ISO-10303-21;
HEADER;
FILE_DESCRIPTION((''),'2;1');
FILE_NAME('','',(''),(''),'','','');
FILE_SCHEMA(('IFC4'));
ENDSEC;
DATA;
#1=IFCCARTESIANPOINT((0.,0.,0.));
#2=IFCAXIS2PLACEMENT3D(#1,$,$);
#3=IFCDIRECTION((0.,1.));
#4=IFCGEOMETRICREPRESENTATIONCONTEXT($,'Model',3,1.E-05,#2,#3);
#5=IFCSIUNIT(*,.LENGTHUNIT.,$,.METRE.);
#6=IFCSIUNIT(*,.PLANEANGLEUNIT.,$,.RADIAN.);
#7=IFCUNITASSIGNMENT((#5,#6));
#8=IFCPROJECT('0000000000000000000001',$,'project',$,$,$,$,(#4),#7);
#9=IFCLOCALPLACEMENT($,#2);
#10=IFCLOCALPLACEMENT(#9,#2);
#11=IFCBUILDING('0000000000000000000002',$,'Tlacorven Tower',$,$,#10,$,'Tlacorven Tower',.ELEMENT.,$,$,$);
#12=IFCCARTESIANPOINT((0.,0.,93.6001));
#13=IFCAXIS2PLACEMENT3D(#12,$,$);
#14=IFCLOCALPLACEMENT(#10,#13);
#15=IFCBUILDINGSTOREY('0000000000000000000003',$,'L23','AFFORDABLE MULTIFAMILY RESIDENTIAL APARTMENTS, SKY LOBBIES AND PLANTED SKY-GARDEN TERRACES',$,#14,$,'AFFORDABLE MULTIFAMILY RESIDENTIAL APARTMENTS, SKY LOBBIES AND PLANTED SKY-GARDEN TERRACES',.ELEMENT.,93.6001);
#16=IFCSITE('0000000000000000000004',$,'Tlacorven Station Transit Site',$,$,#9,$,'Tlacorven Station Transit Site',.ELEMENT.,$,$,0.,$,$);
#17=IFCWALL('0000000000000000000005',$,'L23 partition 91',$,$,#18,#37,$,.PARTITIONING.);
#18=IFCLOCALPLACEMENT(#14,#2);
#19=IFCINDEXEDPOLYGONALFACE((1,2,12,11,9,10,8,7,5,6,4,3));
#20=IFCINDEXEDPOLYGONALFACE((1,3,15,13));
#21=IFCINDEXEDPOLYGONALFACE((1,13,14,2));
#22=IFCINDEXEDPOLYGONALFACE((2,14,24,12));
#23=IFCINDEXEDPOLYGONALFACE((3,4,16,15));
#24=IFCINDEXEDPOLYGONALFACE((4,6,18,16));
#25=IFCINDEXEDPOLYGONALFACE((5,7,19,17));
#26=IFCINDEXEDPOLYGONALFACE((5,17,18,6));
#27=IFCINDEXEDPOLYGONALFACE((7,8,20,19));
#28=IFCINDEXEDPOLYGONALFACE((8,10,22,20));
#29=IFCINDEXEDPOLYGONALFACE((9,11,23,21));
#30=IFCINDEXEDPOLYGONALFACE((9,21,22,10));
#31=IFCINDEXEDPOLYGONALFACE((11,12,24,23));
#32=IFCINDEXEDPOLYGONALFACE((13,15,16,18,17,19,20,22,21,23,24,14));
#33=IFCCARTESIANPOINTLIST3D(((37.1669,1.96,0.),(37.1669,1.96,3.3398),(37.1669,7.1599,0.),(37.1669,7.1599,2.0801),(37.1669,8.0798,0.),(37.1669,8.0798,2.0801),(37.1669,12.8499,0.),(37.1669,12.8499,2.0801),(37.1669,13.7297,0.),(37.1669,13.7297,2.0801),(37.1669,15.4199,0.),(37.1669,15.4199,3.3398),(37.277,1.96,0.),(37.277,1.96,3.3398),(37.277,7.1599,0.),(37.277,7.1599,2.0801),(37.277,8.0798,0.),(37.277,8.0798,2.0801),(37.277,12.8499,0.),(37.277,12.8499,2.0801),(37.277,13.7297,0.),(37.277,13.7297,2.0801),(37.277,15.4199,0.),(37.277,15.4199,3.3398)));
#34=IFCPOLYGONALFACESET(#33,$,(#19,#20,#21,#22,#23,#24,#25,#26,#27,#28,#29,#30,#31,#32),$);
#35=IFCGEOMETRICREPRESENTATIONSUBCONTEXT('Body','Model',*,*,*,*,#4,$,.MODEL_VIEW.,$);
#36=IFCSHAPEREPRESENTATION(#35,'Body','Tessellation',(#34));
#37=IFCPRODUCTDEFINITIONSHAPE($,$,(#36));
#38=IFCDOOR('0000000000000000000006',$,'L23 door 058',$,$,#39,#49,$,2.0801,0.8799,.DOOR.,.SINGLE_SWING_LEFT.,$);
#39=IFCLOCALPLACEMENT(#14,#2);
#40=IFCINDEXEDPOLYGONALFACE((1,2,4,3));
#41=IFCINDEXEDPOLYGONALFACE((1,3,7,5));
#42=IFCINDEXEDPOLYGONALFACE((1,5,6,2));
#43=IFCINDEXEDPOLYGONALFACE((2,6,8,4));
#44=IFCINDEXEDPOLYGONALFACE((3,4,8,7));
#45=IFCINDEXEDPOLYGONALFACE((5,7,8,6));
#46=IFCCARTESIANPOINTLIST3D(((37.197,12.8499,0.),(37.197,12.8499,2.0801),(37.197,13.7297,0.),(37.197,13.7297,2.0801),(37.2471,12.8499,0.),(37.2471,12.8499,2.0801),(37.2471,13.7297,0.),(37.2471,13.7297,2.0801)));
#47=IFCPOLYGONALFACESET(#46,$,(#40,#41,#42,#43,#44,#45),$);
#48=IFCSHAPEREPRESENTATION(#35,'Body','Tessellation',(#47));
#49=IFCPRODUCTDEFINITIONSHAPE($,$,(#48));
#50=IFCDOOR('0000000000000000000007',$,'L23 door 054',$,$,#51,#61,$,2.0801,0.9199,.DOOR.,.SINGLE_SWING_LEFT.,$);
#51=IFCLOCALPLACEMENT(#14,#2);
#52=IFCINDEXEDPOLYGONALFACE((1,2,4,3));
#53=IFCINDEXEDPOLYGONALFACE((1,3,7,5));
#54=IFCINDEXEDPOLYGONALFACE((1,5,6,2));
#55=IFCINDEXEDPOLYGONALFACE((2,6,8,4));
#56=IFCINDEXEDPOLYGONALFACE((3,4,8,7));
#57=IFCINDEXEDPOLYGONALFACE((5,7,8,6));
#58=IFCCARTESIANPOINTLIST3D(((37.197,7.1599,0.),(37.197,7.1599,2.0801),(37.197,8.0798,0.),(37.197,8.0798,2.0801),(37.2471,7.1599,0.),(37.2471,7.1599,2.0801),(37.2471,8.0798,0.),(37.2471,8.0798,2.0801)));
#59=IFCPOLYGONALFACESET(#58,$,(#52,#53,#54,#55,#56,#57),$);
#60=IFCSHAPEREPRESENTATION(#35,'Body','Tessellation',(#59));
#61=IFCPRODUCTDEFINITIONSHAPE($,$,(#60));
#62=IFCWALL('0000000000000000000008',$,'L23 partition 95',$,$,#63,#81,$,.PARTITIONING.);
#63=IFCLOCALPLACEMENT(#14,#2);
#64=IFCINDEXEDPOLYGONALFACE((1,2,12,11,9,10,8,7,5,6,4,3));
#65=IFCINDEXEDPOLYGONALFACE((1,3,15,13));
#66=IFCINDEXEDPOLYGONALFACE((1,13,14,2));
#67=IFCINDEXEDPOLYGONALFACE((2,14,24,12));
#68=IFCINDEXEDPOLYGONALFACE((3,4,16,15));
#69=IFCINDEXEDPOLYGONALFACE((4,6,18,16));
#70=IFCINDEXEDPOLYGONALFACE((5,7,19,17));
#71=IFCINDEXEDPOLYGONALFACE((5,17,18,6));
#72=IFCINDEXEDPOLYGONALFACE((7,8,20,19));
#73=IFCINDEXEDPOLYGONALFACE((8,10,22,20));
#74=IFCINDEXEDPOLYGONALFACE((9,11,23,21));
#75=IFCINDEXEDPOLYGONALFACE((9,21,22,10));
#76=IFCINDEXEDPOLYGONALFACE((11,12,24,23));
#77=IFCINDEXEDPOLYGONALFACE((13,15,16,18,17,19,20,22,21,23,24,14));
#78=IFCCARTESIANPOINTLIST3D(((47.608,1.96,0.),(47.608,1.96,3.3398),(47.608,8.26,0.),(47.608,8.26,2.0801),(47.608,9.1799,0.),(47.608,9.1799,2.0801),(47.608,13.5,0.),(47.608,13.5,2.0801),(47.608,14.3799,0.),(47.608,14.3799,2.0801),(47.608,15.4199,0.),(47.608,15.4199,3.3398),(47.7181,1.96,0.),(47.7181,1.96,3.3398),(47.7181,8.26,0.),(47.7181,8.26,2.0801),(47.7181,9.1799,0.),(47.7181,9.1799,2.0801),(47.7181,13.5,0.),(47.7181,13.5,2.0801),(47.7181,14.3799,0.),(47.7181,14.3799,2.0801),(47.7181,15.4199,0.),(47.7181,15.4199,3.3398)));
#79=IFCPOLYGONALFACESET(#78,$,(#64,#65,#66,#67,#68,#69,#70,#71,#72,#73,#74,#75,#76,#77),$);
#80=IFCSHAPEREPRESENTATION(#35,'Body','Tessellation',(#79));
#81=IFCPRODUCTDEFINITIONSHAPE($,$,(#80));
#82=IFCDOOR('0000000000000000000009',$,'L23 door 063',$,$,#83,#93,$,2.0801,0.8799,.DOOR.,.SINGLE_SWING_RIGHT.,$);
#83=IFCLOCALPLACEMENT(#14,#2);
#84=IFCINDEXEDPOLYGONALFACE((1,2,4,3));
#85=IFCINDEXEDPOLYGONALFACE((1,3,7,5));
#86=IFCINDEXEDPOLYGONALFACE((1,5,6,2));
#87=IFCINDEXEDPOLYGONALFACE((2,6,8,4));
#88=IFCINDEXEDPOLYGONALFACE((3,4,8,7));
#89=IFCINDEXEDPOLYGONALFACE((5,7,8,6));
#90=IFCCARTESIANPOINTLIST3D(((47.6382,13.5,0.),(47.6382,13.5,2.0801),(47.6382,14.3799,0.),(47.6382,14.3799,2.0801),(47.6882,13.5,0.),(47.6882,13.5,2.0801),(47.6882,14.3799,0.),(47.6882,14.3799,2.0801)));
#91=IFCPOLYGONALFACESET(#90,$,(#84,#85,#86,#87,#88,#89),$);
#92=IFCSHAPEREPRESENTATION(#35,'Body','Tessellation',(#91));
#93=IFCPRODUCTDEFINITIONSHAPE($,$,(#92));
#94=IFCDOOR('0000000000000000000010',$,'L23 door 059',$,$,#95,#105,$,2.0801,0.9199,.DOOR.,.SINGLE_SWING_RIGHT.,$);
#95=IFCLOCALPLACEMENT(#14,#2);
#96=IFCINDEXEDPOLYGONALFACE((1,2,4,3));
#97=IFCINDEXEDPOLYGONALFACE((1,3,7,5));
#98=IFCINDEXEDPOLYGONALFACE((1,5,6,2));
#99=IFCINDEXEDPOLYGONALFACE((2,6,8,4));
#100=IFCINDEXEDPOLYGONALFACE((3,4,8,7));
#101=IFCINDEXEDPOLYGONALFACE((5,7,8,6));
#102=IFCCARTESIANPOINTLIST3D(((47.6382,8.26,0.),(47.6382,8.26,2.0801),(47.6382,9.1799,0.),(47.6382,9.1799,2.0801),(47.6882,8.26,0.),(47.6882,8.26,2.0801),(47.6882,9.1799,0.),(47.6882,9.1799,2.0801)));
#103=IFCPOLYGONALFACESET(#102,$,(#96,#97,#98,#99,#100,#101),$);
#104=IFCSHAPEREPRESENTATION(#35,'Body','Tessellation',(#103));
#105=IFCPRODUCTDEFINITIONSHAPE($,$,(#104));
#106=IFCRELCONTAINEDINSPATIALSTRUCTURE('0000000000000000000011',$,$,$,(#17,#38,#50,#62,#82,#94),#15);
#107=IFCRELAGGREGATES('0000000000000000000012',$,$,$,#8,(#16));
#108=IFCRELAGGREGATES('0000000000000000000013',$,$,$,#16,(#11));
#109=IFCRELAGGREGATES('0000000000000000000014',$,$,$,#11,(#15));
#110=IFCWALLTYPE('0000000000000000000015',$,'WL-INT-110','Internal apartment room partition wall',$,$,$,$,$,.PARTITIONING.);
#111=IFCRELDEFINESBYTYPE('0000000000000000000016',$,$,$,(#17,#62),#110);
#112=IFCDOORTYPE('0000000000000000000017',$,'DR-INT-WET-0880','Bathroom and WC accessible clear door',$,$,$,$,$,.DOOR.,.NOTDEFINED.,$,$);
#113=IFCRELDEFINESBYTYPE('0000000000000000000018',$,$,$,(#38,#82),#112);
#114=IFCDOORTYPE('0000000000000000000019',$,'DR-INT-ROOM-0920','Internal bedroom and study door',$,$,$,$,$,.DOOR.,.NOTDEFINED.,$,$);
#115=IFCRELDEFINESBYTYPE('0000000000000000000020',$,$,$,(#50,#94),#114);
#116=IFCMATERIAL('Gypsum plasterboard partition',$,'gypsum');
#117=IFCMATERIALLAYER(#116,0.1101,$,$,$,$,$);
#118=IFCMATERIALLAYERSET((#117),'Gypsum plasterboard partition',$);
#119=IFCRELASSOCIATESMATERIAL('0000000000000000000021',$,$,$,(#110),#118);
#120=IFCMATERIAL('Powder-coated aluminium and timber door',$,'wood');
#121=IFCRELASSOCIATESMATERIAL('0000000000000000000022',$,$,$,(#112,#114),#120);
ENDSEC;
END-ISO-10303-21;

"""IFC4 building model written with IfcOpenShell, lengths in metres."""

from ifc_helpers import new_model, si_unit, direction, frame, frame_2d, origin, place, context, subcontext, project, spatial, rectangle, extrude, source, transform, mapped, material, layer, layer_set, type_object, element, fill, save


model = new_model("IFC4")

# Units and contexts
model_context = context("Model", 3, precision=1e-05, world=origin(), true_north=direction((0.0, 1.0)))
body_context = subcontext(model_context, "Body", "Model", "MODEL_VIEW")
ifc_project = project(units=[si_unit("LENGTHUNIT", "METRE"), si_unit("PLANEANGLEUNIT", "RADIAN")], contexts=[model_context])

# Site, building, storey
site_placement = place(None, origin())
site = spatial("IfcSite", under=ifc_project, at=site_placement, Name="Tlacorven Station Transit Site", LongName="Tlacorven Station Transit Site", CompositionType="ELEMENT", RefElevation=0.0)
building_placement = place(site_placement, origin())
building = spatial("IfcBuilding", under=site, at=building_placement, Name="Tlacorven Tower", LongName="Tlacorven Tower", CompositionType="ELEMENT")
storey_placement = place(building_placement, frame((0.0, 0.0, 93.6001)))
storey = spatial("IfcBuildingStorey", under=building, at=storey_placement, Name="L23", Description="AFFORDABLE MULTIFAMILY RESIDENTIAL APARTMENTS, SKY LOBBIES AND PLANTED SKY-GARDEN TERRACES", LongName="AFFORDABLE MULTIFAMILY RESIDENTIAL APARTMENTS, SKY LOBBIES AND PLANTED SKY-GARDEN TERRACES", CompositionType="ELEMENT", Elevation=93.6001)

# Walls, openings, doors
ifc_material_1 = material(Name="Gypsum plasterboard partition", Category="gypsum")
ifc_layer_1 = layer(ifc_material_1, 0.1101)
ifc_layer_set_1 = layer_set([ifc_layer_1], Name="Gypsum plasterboard partition")
wall_type_1 = type_object("IfcWallType", Name="WL-INT-110", Description="Internal apartment room partition wall", PredefinedType="PARTITIONING", material=ifc_layer_set_1)
wall_1_placement = place(storey_placement, frame((37.2219, 1.96, 0.0), z_axis=(0.0, 0.0, 1.0), x_axis=(0.0, 1.0, 0.0)))
wall_1 = element("IfcWall", 1, at=wall_1_placement, inside=storey, type_object=wall_type_1, Name="L23 partition 91", PredefinedType="PARTITIONING", context=body_context, shape_type="SweptSolid", body=[
    extrude(rectangle(XDim=13.46, YDim=0.1101, at=frame_2d((6.73, 0.0))), origin(), (0.0, 0.0, 1.0), 3.3398),
])
opening_1_placement = place(wall_1_placement, frame((5.2, 0.0, 0.0)))
opening_1 = element("IfcOpeningElement", 2, at=opening_1_placement, cuts=wall_1, PredefinedType="OPENING", context=body_context, shape_type="SweptSolid", body=[
    extrude(rectangle(XDim=0.9199, YDim=2.0801, at=frame_2d((0.46, 1.04))), frame((0.0, 0.0649, 0.0), z_axis=(0.0, -1.0, 0.0), x_axis=(1.0, 0.0, 0.0)), (0.0, 0.0, 1.0), 0.1301),
])
opening_2_placement = place(wall_1_placement, frame((10.8899, 0.0, 0.0)))
opening_2 = element("IfcOpeningElement", 3, at=opening_2_placement, cuts=wall_1, PredefinedType="OPENING", context=body_context, shape_type="SweptSolid", body=[
    extrude(rectangle(XDim=0.8799, YDim=2.0801, at=frame_2d((0.4399, 1.04))), frame((0.0, 0.0649, 0.0), z_axis=(0.0, -1.0, 0.0), x_axis=(1.0, 0.0, 0.0)), (0.0, 0.0, 1.0), 0.1301),
])
ifc_material_2 = material(Name="Powder-coated aluminium and timber door", Category="wood")
door_type_1 = type_object("IfcDoorType", Name="DR-INT-WET-0880", Description="Bathroom and WC accessible clear door", OperationType="NOTDEFINED", PredefinedType="DOOR", material=ifc_material_2)
shared_shape_1 = source(origin(), body_context, "Body", "SweptSolid", [
    extrude(rectangle(XDim=0.8799, YDim=2.0801, at=frame_2d((0.4399, 1.04))), frame((0.0, 0.0249, 0.0), z_axis=(0.0, -1.0, 0.0), x_axis=(1.0, 0.0, 0.0)), (0.0, 0.0, 1.0), 0.05),
])
door_1_placement = place(opening_2_placement, origin())
door_1 = element("IfcDoor", 4, at=door_1_placement, inside=storey, type_object=door_type_1, Name="L23 door 058", OperationType="SINGLE_SWING_LEFT", OverallHeight=2.0801, OverallWidth=0.8799, PredefinedType="DOOR", context=body_context, shape_type="MappedRepresentation", body=[
    mapped(shared_shape_1, transform((0.0, 0.0, 0.0), scale=1.0)),
])
fill(opening_2, door_1)
door_type_2 = type_object("IfcDoorType", Name="DR-INT-ROOM-0920", Description="Internal bedroom and study door", OperationType="NOTDEFINED", PredefinedType="DOOR", material=ifc_material_2)
shared_shape_2 = source(origin(), body_context, "Body", "SweptSolid", [
    extrude(rectangle(XDim=0.9199, YDim=2.0801, at=frame_2d((0.46, 1.04))), frame((0.0, 0.0249, 0.0), z_axis=(0.0, -1.0, 0.0), x_axis=(1.0, 0.0, 0.0)), (0.0, 0.0, 1.0), 0.05),
])
door_2_placement = place(opening_1_placement, origin())
door_2 = element("IfcDoor", 5, at=door_2_placement, inside=storey, type_object=door_type_2, Name="L23 door 054", OperationType="SINGLE_SWING_LEFT", OverallHeight=2.0801, OverallWidth=0.9199, PredefinedType="DOOR", context=body_context, shape_type="MappedRepresentation", body=[
    mapped(shared_shape_2, transform((0.0, 0.0, 0.0), scale=1.0)),
])
fill(opening_1, door_2)
wall_2_placement = place(storey_placement, frame((47.6631, 1.96, 0.0), z_axis=(0.0, 0.0, 1.0), x_axis=(0.0, 1.0, 0.0)))
wall_2 = element("IfcWall", 6, at=wall_2_placement, inside=storey, type_object=wall_type_1, Name="L23 partition 95", PredefinedType="PARTITIONING", context=body_context, shape_type="SweptSolid", body=[
    extrude(rectangle(XDim=13.46, YDim=0.1101, at=frame_2d((6.73, 0.0))), origin(), (0.0, 0.0, 1.0), 3.3398),
])
opening_3_placement = place(wall_2_placement, frame((6.3, 0.0, 0.0)))
opening_3 = element("IfcOpeningElement", 7, at=opening_3_placement, cuts=wall_2, PredefinedType="OPENING", context=body_context, shape_type="SweptSolid", body=[
    extrude(rectangle(XDim=0.9199, YDim=2.0801, at=frame_2d((0.46, 1.04))), frame((0.0, 0.0649, 0.0), z_axis=(0.0, -1.0, 0.0), x_axis=(1.0, 0.0, 0.0)), (0.0, 0.0, 1.0), 0.1301),
])
opening_4_placement = place(wall_2_placement, frame((11.54, 0.0, 0.0)))
opening_4 = element("IfcOpeningElement", 8, at=opening_4_placement, cuts=wall_2, PredefinedType="OPENING", context=body_context, shape_type="SweptSolid", body=[
    extrude(rectangle(XDim=0.8799, YDim=2.0801, at=frame_2d((0.4399, 1.04))), frame((0.0, 0.0649, 0.0), z_axis=(0.0, -1.0, 0.0), x_axis=(1.0, 0.0, 0.0)), (0.0, 0.0, 1.0), 0.1301),
])
door_3_placement = place(opening_4_placement, origin())
door_3 = element("IfcDoor", 9, at=door_3_placement, inside=storey, type_object=door_type_1, Name="L23 door 063", OperationType="SINGLE_SWING_RIGHT", OverallHeight=2.0801, OverallWidth=0.8799, PredefinedType="DOOR", context=body_context, shape_type="MappedRepresentation", body=[
    mapped(shared_shape_1, transform((0.0, 0.0, 0.0), scale=1.0)),
])
fill(opening_4, door_3)
door_4_placement = place(opening_3_placement, origin())
door_4 = element("IfcDoor", 10, at=door_4_placement, inside=storey, type_object=door_type_2, Name="L23 door 059", OperationType="SINGLE_SWING_RIGHT", OverallHeight=2.0801, OverallWidth=0.9199, PredefinedType="DOOR", context=body_context, shape_type="MappedRepresentation", body=[
    mapped(shared_shape_2, transform((0.0, 0.0, 0.0), scale=1.0)),
])
fill(opening_3, door_4)

save(model, "model.ifc")
